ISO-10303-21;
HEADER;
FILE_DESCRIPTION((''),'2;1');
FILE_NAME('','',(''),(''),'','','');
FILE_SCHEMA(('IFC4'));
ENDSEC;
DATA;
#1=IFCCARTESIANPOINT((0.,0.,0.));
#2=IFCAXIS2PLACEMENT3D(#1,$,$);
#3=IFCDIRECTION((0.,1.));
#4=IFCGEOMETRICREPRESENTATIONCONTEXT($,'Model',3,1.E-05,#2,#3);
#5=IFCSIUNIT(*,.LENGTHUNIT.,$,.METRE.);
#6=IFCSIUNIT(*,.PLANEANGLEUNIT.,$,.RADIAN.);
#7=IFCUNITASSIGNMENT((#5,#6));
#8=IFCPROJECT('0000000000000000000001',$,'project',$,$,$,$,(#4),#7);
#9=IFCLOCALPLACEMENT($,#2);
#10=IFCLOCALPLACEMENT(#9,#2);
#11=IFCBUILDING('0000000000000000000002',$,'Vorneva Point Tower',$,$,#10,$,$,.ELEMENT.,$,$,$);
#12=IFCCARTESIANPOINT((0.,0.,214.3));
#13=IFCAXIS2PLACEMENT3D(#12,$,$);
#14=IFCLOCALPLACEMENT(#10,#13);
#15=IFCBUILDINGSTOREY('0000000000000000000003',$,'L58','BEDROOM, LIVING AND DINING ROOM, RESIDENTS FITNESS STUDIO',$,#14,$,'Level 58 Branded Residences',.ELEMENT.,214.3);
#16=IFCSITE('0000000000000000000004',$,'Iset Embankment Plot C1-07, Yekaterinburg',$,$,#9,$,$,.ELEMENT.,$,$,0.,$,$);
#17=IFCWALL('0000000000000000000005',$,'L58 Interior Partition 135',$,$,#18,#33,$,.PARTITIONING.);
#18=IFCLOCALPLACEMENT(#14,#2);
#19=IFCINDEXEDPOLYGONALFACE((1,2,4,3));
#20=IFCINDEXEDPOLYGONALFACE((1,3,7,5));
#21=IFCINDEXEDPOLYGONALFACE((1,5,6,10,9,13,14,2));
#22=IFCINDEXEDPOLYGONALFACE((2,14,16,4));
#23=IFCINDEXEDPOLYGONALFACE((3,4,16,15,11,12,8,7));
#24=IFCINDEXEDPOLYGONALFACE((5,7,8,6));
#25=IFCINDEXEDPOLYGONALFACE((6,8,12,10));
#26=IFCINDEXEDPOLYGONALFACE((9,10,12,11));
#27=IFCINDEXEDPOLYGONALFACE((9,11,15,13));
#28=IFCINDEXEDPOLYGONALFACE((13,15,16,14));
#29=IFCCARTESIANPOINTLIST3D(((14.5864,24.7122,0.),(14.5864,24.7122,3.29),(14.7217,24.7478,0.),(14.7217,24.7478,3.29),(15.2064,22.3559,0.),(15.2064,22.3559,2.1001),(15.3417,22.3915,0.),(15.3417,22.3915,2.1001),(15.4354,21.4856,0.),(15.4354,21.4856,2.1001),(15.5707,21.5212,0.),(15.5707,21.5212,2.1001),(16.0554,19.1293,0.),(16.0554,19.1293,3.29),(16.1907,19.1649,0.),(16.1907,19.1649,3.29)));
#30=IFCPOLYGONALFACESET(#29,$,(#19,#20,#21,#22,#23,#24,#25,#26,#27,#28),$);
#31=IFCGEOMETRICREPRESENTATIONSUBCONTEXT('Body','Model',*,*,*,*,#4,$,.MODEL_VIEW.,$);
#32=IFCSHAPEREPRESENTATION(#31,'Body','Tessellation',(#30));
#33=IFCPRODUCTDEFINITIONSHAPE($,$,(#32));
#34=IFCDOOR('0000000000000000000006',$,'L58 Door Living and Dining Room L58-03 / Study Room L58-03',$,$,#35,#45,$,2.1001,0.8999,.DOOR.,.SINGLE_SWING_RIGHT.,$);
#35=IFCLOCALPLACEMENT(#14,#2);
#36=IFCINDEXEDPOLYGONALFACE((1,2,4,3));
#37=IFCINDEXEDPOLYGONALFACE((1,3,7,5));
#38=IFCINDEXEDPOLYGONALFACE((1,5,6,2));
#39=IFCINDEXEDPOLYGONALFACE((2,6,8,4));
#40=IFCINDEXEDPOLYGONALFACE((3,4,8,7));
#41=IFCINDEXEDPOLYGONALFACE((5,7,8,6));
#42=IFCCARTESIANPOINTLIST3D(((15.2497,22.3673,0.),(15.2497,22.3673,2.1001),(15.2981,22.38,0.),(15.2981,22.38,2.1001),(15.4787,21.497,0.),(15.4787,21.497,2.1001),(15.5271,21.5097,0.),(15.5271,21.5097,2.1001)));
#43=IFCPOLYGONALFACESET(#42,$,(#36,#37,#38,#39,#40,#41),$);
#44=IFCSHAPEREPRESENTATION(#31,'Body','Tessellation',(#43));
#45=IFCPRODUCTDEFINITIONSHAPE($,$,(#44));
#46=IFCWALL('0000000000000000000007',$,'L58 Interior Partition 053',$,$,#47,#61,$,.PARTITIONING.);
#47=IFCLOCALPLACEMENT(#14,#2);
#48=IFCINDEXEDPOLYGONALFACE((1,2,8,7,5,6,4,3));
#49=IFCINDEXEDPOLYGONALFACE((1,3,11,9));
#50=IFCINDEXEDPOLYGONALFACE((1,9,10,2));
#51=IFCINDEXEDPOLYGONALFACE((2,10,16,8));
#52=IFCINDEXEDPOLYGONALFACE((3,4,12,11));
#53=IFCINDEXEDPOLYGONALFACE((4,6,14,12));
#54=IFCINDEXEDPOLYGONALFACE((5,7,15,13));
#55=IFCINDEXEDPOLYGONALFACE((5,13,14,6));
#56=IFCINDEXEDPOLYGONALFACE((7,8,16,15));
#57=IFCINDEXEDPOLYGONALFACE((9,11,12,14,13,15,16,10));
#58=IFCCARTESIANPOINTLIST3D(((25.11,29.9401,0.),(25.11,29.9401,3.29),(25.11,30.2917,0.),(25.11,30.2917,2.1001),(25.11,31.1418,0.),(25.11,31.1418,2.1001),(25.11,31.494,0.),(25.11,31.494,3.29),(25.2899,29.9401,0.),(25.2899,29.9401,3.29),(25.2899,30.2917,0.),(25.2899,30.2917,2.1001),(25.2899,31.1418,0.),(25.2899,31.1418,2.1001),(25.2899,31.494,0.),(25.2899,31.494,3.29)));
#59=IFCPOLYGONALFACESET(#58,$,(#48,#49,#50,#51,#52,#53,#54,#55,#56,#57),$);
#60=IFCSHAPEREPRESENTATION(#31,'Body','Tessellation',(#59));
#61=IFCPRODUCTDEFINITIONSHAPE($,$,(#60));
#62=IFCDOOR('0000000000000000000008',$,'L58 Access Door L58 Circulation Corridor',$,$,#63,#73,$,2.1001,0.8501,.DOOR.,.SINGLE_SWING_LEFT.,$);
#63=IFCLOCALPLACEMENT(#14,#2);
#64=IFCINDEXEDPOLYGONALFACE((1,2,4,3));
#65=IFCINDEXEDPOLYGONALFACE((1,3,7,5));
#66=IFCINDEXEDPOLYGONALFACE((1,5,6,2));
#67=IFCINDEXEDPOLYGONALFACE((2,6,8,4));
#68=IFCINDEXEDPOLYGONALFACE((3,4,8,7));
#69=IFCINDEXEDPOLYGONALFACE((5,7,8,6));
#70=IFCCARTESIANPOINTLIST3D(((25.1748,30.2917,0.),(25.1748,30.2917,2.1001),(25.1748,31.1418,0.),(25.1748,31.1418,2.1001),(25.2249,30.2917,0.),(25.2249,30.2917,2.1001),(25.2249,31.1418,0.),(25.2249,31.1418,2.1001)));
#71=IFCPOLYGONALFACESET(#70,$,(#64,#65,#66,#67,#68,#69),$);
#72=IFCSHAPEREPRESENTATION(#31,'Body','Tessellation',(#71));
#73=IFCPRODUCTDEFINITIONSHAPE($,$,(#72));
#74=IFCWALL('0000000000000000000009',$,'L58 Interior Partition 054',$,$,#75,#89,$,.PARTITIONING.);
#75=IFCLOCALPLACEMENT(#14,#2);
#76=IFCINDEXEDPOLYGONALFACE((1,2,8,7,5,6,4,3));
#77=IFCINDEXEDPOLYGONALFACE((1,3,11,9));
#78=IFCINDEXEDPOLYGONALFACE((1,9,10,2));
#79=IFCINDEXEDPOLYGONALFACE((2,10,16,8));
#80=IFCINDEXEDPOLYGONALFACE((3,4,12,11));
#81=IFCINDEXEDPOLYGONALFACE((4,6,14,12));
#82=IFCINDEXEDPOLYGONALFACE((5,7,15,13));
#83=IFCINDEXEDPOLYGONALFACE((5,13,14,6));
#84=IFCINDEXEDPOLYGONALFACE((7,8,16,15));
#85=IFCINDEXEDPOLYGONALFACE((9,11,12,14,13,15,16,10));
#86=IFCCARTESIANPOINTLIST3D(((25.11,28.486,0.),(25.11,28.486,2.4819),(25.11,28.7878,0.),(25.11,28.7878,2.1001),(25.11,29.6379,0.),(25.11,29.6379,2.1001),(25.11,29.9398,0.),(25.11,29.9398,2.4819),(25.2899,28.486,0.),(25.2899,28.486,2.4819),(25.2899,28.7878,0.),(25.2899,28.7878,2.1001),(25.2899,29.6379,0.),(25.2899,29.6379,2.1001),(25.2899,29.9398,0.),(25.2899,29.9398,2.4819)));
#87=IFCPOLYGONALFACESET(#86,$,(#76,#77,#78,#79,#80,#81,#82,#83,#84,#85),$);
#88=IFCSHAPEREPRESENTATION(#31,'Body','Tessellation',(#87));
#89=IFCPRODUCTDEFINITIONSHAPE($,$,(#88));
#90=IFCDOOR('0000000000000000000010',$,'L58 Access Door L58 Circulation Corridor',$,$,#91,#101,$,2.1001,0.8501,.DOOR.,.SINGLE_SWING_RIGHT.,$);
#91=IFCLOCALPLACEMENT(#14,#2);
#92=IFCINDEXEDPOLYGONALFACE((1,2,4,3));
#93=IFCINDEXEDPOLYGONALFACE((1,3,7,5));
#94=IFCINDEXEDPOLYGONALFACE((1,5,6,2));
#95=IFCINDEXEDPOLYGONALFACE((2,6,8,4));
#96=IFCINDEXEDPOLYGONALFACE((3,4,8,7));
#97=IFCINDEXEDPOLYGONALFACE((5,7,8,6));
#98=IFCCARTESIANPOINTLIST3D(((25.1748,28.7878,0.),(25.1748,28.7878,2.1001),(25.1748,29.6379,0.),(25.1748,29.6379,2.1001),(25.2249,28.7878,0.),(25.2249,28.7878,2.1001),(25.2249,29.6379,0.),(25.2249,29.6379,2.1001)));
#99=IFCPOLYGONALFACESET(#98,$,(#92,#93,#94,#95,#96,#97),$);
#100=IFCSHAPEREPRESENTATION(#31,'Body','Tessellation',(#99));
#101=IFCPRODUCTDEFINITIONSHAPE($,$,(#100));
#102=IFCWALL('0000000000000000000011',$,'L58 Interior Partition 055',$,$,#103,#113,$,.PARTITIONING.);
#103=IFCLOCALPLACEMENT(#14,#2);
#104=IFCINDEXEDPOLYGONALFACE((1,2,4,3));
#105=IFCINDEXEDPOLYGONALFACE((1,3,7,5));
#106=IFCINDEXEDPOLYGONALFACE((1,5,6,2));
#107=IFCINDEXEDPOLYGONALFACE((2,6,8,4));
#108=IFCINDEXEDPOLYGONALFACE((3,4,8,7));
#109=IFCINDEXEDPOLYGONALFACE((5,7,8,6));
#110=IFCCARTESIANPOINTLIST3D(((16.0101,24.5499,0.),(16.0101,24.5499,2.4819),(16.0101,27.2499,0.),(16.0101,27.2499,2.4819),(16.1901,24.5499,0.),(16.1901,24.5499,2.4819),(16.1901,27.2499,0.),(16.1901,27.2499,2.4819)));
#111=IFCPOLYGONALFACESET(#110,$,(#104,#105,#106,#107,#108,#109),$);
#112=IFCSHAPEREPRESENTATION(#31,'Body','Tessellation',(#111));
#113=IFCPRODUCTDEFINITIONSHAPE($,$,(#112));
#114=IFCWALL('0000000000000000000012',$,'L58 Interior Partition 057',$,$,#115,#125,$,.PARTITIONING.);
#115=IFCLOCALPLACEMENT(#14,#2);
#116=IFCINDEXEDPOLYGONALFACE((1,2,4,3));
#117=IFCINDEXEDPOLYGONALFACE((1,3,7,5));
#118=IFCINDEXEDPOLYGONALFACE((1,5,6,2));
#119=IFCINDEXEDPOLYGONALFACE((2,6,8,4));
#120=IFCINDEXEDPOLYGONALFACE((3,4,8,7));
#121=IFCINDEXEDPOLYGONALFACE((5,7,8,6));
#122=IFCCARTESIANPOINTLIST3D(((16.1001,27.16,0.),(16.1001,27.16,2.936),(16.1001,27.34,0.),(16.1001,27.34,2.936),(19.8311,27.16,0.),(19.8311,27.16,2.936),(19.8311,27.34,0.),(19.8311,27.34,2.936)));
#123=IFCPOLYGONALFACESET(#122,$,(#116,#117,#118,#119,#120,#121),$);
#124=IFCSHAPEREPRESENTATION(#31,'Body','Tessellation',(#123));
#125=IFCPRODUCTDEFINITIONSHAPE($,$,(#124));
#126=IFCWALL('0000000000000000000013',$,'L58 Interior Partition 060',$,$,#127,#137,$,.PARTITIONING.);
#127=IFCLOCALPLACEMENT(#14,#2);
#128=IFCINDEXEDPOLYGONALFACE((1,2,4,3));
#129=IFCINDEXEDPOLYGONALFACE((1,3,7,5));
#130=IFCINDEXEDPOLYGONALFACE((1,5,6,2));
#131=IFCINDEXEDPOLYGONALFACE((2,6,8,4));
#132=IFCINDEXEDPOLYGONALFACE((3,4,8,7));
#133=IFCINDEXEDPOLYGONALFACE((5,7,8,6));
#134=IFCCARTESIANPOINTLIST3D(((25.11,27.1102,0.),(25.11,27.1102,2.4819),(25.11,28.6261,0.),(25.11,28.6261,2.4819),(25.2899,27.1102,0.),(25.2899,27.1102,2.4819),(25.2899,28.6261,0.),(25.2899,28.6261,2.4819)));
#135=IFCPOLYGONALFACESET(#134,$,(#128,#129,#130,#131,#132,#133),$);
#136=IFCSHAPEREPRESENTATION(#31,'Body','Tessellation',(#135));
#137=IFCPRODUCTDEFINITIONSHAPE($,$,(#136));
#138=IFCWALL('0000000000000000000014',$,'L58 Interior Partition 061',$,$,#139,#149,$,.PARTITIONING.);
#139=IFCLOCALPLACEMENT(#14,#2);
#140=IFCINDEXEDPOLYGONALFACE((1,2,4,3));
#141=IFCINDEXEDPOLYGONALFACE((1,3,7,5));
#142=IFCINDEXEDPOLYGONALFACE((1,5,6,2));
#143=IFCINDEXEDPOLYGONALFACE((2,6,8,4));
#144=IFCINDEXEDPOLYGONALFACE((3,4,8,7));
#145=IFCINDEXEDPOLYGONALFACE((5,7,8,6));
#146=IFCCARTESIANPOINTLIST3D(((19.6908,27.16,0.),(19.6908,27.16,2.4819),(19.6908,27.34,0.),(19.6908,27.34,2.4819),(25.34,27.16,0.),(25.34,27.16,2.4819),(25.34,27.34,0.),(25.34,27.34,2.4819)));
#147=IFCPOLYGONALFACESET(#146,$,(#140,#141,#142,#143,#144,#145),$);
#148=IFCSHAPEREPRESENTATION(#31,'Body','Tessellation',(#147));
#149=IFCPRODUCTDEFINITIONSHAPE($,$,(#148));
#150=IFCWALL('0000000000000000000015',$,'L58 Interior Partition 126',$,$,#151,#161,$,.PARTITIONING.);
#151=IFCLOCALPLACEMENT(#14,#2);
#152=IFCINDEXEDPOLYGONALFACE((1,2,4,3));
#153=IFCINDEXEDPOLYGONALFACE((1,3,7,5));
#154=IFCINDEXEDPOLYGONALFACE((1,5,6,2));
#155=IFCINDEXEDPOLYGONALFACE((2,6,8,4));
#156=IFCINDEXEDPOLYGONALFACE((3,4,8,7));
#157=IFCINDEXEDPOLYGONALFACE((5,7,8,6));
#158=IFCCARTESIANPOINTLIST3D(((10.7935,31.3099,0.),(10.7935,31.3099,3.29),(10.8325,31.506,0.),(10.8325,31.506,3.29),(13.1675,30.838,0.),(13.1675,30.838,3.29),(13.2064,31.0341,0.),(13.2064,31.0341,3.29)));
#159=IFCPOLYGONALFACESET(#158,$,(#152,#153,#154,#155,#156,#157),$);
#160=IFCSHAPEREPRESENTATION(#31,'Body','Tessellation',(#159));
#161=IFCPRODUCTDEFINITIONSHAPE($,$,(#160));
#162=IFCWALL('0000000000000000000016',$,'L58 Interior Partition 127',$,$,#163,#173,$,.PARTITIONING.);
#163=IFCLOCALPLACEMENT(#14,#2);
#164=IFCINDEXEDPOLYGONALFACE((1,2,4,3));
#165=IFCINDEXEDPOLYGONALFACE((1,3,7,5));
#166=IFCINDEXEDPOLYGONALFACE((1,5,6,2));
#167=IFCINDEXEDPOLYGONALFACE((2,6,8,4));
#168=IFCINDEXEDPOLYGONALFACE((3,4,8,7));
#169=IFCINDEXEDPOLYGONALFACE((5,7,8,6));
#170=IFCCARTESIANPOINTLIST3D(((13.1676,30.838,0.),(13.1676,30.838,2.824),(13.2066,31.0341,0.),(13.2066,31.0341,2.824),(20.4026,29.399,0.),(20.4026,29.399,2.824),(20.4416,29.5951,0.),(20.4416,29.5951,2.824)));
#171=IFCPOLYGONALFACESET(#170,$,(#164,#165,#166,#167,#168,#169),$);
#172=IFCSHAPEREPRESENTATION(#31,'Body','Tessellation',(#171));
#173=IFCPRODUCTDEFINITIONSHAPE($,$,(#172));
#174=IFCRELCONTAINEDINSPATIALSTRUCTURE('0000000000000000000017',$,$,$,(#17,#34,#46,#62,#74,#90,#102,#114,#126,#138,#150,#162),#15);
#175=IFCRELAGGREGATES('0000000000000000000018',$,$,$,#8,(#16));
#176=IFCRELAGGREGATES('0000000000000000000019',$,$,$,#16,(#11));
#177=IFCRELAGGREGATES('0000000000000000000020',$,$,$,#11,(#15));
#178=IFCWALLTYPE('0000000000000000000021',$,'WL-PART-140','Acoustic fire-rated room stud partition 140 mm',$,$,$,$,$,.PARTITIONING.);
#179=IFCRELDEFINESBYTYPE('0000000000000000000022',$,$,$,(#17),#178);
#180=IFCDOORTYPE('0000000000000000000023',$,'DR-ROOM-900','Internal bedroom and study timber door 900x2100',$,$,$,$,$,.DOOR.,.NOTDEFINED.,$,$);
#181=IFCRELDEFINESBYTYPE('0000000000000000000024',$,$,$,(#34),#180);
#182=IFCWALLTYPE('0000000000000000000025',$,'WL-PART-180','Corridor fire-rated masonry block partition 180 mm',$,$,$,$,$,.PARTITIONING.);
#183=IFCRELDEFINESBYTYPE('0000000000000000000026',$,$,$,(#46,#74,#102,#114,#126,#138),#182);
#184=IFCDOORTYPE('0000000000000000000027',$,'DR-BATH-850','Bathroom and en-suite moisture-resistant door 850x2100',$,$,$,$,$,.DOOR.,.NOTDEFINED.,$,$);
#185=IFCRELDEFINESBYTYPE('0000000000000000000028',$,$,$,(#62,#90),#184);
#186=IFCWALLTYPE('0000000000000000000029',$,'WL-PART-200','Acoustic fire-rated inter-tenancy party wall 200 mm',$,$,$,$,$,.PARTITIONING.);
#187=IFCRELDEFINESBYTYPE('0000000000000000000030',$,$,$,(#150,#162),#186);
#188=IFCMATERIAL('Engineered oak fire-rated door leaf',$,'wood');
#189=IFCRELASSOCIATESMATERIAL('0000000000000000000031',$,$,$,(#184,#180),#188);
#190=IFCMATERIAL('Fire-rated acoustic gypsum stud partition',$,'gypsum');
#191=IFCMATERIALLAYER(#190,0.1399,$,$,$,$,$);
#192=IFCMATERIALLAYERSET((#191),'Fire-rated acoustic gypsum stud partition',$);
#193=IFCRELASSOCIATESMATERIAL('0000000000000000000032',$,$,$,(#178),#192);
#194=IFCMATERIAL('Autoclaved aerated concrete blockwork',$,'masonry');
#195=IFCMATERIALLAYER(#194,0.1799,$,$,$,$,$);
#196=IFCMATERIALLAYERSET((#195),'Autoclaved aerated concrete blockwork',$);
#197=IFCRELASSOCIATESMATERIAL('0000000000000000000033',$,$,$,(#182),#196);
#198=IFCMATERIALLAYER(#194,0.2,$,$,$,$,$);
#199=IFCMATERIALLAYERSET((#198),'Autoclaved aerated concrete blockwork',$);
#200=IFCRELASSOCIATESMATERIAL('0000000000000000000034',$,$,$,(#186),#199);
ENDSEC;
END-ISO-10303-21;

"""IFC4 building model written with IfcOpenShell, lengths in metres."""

from ifc_helpers import new_model, si_unit, direction, frame, frame_2d, origin, place, context, subcontext, project, spatial, rectangle, extrude, material, layer, layer_set, type_object, element, fill, save


model = new_model("IFC4")

# Units and contexts
model_context = context("Model", 3, precision=1e-05, world=origin(), true_north=direction((0.0, 1.0)))
body_context = subcontext(model_context, "Body", "Model", "MODEL_VIEW")
ifc_project = project(units=[si_unit("LENGTHUNIT", "METRE"), si_unit("PLANEANGLEUNIT", "RADIAN")], contexts=[model_context])

# Site, building, storey
site_placement = place(None, origin())
site = spatial("IfcSite", under=ifc_project, at=site_placement, Name="Iset Embankment Plot C1-07, Yekaterinburg", CompositionType="ELEMENT", RefElevation=0.0)
building_placement = place(site_placement, origin())
building = spatial("IfcBuilding", under=site, at=building_placement, Name="Vorneva Point Tower", CompositionType="ELEMENT")
storey_placement = place(building_placement, frame((0.0, 0.0, 214.3)))
storey = spatial("IfcBuildingStorey", under=building, at=storey_placement, Name="L58", Description="BEDROOM, LIVING AND DINING ROOM, RESIDENTS FITNESS STUDIO", LongName="Level 58 Branded Residences", CompositionType="ELEMENT", Elevation=214.3)

# Shared definitions
ifc_material_1 = material(Name="Fire-rated acoustic gypsum stud partition", Category="gypsum")
ifc_material_2 = material(Name="Engineered oak fire-rated door leaf", Category="wood")
door_type_1 = type_object("IfcDoorType", Name="DR-BATH-850", Description="Bathroom and en-suite moisture-resistant door 850x2100", OperationType="NOTDEFINED", PredefinedType="DOOR", material=ifc_material_2)

# Shared definitions
ifc_layer_1 = layer(ifc_material_1, 0.1399)
ifc_layer_set_1 = layer_set([ifc_layer_1], Name="Fire-rated acoustic gypsum stud partition")
wall_type_1 = type_object("IfcWallType", Name="WL-PART-140", Description="Acoustic fire-rated room stud partition 140 mm", PredefinedType="PARTITIONING", material=ifc_layer_set_1)

# Walls, openings, doors
wall_1_placement = place(storey_placement, frame((14.6541, 24.73, 0.0), z_axis=(0.0, 0.0, 1.0), x_axis=(0.254458, -0.967084, 0.0)))
wall_1 = element("IfcWall", 1, at=wall_1_placement, inside=storey, type_object=wall_type_1, Name="L58 Interior Partition 135", PredefinedType="PARTITIONING", context=body_context, shape_type="SweptSolid", body=[
    extrude(rectangle(XDim=5.7729, YDim=0.1399, at=frame_2d((2.8865, 0.0))), origin(), (0.0, 0.0, 1.0), 3.29),
])
opening_1_placement = place(wall_1_placement, frame((2.4365, 0.0, 0.0)))
opening_1 = element("IfcOpeningElement", 2, at=opening_1_placement, cuts=wall_1, PredefinedType="OPENING", context=body_context, shape_type="SweptSolid", body=[
    extrude(rectangle(XDim=0.8999, YDim=2.1001, at=frame_2d((0.45, 1.05))), frame((0.0, 0.085, 0.0), z_axis=(0.0, -1.0, 0.0), x_axis=(1.0, 0.0, 0.0)), (0.0, 0.0, 1.0), 0.1697),
])
door_type_2 = type_object("IfcDoorType", Name="DR-ROOM-900", Description="Internal bedroom and study timber door 900x2100", OperationType="NOTDEFINED", PredefinedType="DOOR", material=ifc_material_2)
door_1_placement = place(opening_1_placement, origin())
door_1 = element("IfcDoor", 3, at=door_1_placement, inside=storey, type_object=door_type_2, Name="L58 Door Living and Dining Room L58-03 / Study Room L58-03", OperationType="SINGLE_SWING_RIGHT", OverallHeight=2.1001, OverallWidth=0.8999, PredefinedType="DOOR", context=body_context, shape_type="SweptSolid", body=[
    extrude(rectangle(XDim=0.8999, YDim=2.1001, at=frame_2d((0.45, 1.05))), frame((0.0, 0.0249, 0.0), z_axis=(0.0, -1.0, 0.0), x_axis=(1.0, 0.0, 0.0)), (0.0, 0.0, 1.0), 0.05),
])
fill(opening_1, door_1)
ifc_material_3 = material(Name="Autoclaved aerated concrete blockwork", Category="masonry")
ifc_layer_2 = layer(ifc_material_3, 0.1799)
ifc_layer_set_2 = layer_set([ifc_layer_2], Name="Autoclaved aerated concrete blockwork")
wall_type_2 = type_object("IfcWallType", Name="WL-PART-180", Description="Corridor fire-rated masonry block partition 180 mm", PredefinedType="PARTITIONING", material=ifc_layer_set_2)
wall_2_placement = place(storey_placement, frame((25.2, 31.4939, 0.0), z_axis=(0.0, 0.0, 1.0), x_axis=(0.0, -1.0, 0.0)))
wall_2 = element("IfcWall", 4, at=wall_2_placement, inside=storey, type_object=wall_type_2, Name="L58 Interior Partition 053", PredefinedType="PARTITIONING", context=body_context, shape_type="SweptSolid", body=[
    extrude(rectangle(XDim=1.554, YDim=0.1799, at=frame_2d((0.7769, 0.0))), origin(), (0.0, 0.0, 1.0), 3.29),
])
opening_2_placement = place(wall_2_placement, frame((0.3521, 0.0, 0.0)))
opening_2 = element("IfcOpeningElement", 5, at=opening_2_placement, cuts=wall_2, PredefinedType="OPENING", context=body_context, shape_type="SweptSolid", body=[
    extrude(rectangle(XDim=0.8501, YDim=2.1001, at=frame_2d((0.425, 1.05))), frame((0.0, 0.105, 0.0), z_axis=(0.0, -1.0, 0.0), x_axis=(1.0, 0.0, 0.0)), (0.0, 0.0, 1.0), 0.2097),
])
door_2_placement = place(opening_2_placement, origin())
door_2 = element("IfcDoor", 6, at=door_2_placement, inside=storey, type_object=door_type_1, Name="L58 Access Door L58 Circulation Corridor", OperationType="SINGLE_SWING_LEFT", OverallHeight=2.1001, OverallWidth=0.8501, PredefinedType="DOOR", context=body_context, shape_type="SweptSolid", body=[
    extrude(rectangle(XDim=0.8501, YDim=2.1001, at=frame_2d((0.425, 1.05))), frame((0.0, 0.0249, 0.0), z_axis=(0.0, -1.0, 0.0), x_axis=(1.0, 0.0, 0.0)), (0.0, 0.0, 1.0), 0.05),
])
fill(opening_2, door_2)
wall_3_placement = place(storey_placement, frame((25.2, 29.9399, 0.0), z_axis=(0.0, 0.0, 1.0), x_axis=(0.0, -1.0, 0.0)))
wall_3 = element("IfcWall", 7, at=wall_3_placement, inside=storey, type_object=wall_type_2, Name="L58 Interior Partition 054", PredefinedType="PARTITIONING", context=body_context, shape_type="SweptSolid", body=[
    extrude(rectangle(XDim=1.4539, YDim=0.1799, at=frame_2d((0.7271, 0.0))), origin(), (0.0, 0.0, 1.0), 2.4819),
])
opening_3_placement = place(wall_3_placement, frame((0.302, 0.0, 0.0)))
opening_3 = element("IfcOpeningElement", 8, at=opening_3_placement, cuts=wall_3, PredefinedType="OPENING", context=body_context, shape_type="SweptSolid", body=[
    extrude(rectangle(XDim=0.8501, YDim=2.1001, at=frame_2d((0.425, 1.05))), frame((0.0, 0.105, 0.0), z_axis=(0.0, -1.0, 0.0), x_axis=(1.0, 0.0, 0.0)), (0.0, 0.0, 1.0), 0.2097),
])
door_3_placement = place(opening_3_placement, origin())
door_3 = element("IfcDoor", 9, at=door_3_placement, inside=storey, type_object=door_type_1, Name="L58 Access Door L58 Circulation Corridor", OperationType="SINGLE_SWING_RIGHT", OverallHeight=2.1001, OverallWidth=0.8501, PredefinedType="DOOR", context=body_context, shape_type="SweptSolid", body=[
    extrude(rectangle(XDim=0.8501, YDim=2.1001, at=frame_2d((0.425, 1.05))), frame((0.0, 0.0249, 0.0), z_axis=(0.0, -1.0, 0.0), x_axis=(1.0, 0.0, 0.0)), (0.0, 0.0, 1.0), 0.05),
])
fill(opening_3, door_3)

# Walls
wall_4_placement = place(storey_placement, frame((16.1001, 27.25, 0.0), z_axis=(0.0, 0.0, 1.0), x_axis=(0.0, -1.0, 0.0)))
element("IfcWall", 10, at=wall_4_placement, inside=storey, type_object=wall_type_2, Name="L58 Interior Partition 055", PredefinedType="PARTITIONING", context=body_context, shape_type="SweptSolid", body=[
    extrude(rectangle(XDim=2.7, YDim=0.1799, at=frame_2d((1.3501, 0.0))), origin(), (0.0, 0.0, 1.0), 2.4819),
])
wall_5_placement = place(storey_placement, frame((19.8311, 27.25, 0.0), z_axis=(0.0, 0.0, 1.0), x_axis=(-1.0, 0.0, 0.0)))
element("IfcWall", 11, at=wall_5_placement, inside=storey, type_object=wall_type_2, Name="L58 Interior Partition 057", PredefinedType="PARTITIONING", context=body_context, shape_type="SweptSolid", body=[
    extrude(rectangle(XDim=3.731, YDim=0.1799, at=frame_2d((1.8655, 0.0))), origin(), (0.0, 0.0, 1.0), 2.936),
])
wall_6_placement = place(storey_placement, frame((25.2, 28.626, 0.0), z_axis=(0.0, 0.0, 1.0), x_axis=(0.0, -1.0, 0.0)))
element("IfcWall", 12, at=wall_6_placement, inside=storey, type_object=wall_type_2, Name="L58 Interior Partition 060", PredefinedType="PARTITIONING", context=body_context, shape_type="SweptSolid", body=[
    extrude(rectangle(XDim=1.5159, YDim=0.1799, at=frame_2d((0.7578, 0.0))), origin(), (0.0, 0.0, 1.0), 2.4819),
])
wall_7_placement = place(storey_placement, frame((25.3401, 27.25, 0.0), z_axis=(0.0, 0.0, 1.0), x_axis=(-1.0, 0.0, 0.0)))
element("IfcWall", 13, at=wall_7_placement, inside=storey, type_object=wall_type_2, Name="L58 Interior Partition 061", PredefinedType="PARTITIONING", context=body_context, shape_type="SweptSolid", body=[
    extrude(rectangle(XDim=5.6492, YDim=0.1799, at=frame_2d((2.8247, 0.0))), origin(), (0.0, 0.0, 1.0), 2.4819),
])
ifc_layer_3 = layer(ifc_material_3, 0.2)
ifc_layer_set_3 = layer_set([ifc_layer_3], Name="Autoclaved aerated concrete blockwork")
wall_type_3 = type_object("IfcWallType", Name="WL-PART-200", Description="Acoustic fire-rated inter-tenancy party wall 200 mm", PredefinedType="PARTITIONING", material=ifc_layer_set_3)
wall_8_placement = place(storey_placement, frame((10.813, 31.408, 0.0), z_axis=(0.0, 0.0, 1.0), x_axis=(0.980809, -0.194972, 0.0)))
element("IfcWall", 14, at=wall_8_placement, inside=storey, type_object=wall_type_3, Name="L58 Interior Partition 126", PredefinedType="PARTITIONING", context=body_context, shape_type="SweptSolid", body=[
    extrude(rectangle(XDim=2.4204, YDim=0.2, at=frame_2d((1.2102, 0.0))), origin(), (0.0, 0.0, 1.0), 3.29),
])
wall_9_placement = place(storey_placement, frame((13.187, 30.936, 0.0), z_axis=(0.0, 0.0, 1.0), x_axis=(0.98079, -0.195066, 0.0)))
element("IfcWall", 15, at=wall_9_placement, inside=storey, type_object=wall_type_3, Name="L58 Interior Partition 127", PredefinedType="PARTITIONING", context=body_context, shape_type="SweptSolid", body=[
    extrude(rectangle(XDim=7.3767, YDim=0.2, at=frame_2d((3.6885, 0.0))), origin(), (0.0, 0.0, 1.0), 2.824),
])

save(model, "model.ifc")
